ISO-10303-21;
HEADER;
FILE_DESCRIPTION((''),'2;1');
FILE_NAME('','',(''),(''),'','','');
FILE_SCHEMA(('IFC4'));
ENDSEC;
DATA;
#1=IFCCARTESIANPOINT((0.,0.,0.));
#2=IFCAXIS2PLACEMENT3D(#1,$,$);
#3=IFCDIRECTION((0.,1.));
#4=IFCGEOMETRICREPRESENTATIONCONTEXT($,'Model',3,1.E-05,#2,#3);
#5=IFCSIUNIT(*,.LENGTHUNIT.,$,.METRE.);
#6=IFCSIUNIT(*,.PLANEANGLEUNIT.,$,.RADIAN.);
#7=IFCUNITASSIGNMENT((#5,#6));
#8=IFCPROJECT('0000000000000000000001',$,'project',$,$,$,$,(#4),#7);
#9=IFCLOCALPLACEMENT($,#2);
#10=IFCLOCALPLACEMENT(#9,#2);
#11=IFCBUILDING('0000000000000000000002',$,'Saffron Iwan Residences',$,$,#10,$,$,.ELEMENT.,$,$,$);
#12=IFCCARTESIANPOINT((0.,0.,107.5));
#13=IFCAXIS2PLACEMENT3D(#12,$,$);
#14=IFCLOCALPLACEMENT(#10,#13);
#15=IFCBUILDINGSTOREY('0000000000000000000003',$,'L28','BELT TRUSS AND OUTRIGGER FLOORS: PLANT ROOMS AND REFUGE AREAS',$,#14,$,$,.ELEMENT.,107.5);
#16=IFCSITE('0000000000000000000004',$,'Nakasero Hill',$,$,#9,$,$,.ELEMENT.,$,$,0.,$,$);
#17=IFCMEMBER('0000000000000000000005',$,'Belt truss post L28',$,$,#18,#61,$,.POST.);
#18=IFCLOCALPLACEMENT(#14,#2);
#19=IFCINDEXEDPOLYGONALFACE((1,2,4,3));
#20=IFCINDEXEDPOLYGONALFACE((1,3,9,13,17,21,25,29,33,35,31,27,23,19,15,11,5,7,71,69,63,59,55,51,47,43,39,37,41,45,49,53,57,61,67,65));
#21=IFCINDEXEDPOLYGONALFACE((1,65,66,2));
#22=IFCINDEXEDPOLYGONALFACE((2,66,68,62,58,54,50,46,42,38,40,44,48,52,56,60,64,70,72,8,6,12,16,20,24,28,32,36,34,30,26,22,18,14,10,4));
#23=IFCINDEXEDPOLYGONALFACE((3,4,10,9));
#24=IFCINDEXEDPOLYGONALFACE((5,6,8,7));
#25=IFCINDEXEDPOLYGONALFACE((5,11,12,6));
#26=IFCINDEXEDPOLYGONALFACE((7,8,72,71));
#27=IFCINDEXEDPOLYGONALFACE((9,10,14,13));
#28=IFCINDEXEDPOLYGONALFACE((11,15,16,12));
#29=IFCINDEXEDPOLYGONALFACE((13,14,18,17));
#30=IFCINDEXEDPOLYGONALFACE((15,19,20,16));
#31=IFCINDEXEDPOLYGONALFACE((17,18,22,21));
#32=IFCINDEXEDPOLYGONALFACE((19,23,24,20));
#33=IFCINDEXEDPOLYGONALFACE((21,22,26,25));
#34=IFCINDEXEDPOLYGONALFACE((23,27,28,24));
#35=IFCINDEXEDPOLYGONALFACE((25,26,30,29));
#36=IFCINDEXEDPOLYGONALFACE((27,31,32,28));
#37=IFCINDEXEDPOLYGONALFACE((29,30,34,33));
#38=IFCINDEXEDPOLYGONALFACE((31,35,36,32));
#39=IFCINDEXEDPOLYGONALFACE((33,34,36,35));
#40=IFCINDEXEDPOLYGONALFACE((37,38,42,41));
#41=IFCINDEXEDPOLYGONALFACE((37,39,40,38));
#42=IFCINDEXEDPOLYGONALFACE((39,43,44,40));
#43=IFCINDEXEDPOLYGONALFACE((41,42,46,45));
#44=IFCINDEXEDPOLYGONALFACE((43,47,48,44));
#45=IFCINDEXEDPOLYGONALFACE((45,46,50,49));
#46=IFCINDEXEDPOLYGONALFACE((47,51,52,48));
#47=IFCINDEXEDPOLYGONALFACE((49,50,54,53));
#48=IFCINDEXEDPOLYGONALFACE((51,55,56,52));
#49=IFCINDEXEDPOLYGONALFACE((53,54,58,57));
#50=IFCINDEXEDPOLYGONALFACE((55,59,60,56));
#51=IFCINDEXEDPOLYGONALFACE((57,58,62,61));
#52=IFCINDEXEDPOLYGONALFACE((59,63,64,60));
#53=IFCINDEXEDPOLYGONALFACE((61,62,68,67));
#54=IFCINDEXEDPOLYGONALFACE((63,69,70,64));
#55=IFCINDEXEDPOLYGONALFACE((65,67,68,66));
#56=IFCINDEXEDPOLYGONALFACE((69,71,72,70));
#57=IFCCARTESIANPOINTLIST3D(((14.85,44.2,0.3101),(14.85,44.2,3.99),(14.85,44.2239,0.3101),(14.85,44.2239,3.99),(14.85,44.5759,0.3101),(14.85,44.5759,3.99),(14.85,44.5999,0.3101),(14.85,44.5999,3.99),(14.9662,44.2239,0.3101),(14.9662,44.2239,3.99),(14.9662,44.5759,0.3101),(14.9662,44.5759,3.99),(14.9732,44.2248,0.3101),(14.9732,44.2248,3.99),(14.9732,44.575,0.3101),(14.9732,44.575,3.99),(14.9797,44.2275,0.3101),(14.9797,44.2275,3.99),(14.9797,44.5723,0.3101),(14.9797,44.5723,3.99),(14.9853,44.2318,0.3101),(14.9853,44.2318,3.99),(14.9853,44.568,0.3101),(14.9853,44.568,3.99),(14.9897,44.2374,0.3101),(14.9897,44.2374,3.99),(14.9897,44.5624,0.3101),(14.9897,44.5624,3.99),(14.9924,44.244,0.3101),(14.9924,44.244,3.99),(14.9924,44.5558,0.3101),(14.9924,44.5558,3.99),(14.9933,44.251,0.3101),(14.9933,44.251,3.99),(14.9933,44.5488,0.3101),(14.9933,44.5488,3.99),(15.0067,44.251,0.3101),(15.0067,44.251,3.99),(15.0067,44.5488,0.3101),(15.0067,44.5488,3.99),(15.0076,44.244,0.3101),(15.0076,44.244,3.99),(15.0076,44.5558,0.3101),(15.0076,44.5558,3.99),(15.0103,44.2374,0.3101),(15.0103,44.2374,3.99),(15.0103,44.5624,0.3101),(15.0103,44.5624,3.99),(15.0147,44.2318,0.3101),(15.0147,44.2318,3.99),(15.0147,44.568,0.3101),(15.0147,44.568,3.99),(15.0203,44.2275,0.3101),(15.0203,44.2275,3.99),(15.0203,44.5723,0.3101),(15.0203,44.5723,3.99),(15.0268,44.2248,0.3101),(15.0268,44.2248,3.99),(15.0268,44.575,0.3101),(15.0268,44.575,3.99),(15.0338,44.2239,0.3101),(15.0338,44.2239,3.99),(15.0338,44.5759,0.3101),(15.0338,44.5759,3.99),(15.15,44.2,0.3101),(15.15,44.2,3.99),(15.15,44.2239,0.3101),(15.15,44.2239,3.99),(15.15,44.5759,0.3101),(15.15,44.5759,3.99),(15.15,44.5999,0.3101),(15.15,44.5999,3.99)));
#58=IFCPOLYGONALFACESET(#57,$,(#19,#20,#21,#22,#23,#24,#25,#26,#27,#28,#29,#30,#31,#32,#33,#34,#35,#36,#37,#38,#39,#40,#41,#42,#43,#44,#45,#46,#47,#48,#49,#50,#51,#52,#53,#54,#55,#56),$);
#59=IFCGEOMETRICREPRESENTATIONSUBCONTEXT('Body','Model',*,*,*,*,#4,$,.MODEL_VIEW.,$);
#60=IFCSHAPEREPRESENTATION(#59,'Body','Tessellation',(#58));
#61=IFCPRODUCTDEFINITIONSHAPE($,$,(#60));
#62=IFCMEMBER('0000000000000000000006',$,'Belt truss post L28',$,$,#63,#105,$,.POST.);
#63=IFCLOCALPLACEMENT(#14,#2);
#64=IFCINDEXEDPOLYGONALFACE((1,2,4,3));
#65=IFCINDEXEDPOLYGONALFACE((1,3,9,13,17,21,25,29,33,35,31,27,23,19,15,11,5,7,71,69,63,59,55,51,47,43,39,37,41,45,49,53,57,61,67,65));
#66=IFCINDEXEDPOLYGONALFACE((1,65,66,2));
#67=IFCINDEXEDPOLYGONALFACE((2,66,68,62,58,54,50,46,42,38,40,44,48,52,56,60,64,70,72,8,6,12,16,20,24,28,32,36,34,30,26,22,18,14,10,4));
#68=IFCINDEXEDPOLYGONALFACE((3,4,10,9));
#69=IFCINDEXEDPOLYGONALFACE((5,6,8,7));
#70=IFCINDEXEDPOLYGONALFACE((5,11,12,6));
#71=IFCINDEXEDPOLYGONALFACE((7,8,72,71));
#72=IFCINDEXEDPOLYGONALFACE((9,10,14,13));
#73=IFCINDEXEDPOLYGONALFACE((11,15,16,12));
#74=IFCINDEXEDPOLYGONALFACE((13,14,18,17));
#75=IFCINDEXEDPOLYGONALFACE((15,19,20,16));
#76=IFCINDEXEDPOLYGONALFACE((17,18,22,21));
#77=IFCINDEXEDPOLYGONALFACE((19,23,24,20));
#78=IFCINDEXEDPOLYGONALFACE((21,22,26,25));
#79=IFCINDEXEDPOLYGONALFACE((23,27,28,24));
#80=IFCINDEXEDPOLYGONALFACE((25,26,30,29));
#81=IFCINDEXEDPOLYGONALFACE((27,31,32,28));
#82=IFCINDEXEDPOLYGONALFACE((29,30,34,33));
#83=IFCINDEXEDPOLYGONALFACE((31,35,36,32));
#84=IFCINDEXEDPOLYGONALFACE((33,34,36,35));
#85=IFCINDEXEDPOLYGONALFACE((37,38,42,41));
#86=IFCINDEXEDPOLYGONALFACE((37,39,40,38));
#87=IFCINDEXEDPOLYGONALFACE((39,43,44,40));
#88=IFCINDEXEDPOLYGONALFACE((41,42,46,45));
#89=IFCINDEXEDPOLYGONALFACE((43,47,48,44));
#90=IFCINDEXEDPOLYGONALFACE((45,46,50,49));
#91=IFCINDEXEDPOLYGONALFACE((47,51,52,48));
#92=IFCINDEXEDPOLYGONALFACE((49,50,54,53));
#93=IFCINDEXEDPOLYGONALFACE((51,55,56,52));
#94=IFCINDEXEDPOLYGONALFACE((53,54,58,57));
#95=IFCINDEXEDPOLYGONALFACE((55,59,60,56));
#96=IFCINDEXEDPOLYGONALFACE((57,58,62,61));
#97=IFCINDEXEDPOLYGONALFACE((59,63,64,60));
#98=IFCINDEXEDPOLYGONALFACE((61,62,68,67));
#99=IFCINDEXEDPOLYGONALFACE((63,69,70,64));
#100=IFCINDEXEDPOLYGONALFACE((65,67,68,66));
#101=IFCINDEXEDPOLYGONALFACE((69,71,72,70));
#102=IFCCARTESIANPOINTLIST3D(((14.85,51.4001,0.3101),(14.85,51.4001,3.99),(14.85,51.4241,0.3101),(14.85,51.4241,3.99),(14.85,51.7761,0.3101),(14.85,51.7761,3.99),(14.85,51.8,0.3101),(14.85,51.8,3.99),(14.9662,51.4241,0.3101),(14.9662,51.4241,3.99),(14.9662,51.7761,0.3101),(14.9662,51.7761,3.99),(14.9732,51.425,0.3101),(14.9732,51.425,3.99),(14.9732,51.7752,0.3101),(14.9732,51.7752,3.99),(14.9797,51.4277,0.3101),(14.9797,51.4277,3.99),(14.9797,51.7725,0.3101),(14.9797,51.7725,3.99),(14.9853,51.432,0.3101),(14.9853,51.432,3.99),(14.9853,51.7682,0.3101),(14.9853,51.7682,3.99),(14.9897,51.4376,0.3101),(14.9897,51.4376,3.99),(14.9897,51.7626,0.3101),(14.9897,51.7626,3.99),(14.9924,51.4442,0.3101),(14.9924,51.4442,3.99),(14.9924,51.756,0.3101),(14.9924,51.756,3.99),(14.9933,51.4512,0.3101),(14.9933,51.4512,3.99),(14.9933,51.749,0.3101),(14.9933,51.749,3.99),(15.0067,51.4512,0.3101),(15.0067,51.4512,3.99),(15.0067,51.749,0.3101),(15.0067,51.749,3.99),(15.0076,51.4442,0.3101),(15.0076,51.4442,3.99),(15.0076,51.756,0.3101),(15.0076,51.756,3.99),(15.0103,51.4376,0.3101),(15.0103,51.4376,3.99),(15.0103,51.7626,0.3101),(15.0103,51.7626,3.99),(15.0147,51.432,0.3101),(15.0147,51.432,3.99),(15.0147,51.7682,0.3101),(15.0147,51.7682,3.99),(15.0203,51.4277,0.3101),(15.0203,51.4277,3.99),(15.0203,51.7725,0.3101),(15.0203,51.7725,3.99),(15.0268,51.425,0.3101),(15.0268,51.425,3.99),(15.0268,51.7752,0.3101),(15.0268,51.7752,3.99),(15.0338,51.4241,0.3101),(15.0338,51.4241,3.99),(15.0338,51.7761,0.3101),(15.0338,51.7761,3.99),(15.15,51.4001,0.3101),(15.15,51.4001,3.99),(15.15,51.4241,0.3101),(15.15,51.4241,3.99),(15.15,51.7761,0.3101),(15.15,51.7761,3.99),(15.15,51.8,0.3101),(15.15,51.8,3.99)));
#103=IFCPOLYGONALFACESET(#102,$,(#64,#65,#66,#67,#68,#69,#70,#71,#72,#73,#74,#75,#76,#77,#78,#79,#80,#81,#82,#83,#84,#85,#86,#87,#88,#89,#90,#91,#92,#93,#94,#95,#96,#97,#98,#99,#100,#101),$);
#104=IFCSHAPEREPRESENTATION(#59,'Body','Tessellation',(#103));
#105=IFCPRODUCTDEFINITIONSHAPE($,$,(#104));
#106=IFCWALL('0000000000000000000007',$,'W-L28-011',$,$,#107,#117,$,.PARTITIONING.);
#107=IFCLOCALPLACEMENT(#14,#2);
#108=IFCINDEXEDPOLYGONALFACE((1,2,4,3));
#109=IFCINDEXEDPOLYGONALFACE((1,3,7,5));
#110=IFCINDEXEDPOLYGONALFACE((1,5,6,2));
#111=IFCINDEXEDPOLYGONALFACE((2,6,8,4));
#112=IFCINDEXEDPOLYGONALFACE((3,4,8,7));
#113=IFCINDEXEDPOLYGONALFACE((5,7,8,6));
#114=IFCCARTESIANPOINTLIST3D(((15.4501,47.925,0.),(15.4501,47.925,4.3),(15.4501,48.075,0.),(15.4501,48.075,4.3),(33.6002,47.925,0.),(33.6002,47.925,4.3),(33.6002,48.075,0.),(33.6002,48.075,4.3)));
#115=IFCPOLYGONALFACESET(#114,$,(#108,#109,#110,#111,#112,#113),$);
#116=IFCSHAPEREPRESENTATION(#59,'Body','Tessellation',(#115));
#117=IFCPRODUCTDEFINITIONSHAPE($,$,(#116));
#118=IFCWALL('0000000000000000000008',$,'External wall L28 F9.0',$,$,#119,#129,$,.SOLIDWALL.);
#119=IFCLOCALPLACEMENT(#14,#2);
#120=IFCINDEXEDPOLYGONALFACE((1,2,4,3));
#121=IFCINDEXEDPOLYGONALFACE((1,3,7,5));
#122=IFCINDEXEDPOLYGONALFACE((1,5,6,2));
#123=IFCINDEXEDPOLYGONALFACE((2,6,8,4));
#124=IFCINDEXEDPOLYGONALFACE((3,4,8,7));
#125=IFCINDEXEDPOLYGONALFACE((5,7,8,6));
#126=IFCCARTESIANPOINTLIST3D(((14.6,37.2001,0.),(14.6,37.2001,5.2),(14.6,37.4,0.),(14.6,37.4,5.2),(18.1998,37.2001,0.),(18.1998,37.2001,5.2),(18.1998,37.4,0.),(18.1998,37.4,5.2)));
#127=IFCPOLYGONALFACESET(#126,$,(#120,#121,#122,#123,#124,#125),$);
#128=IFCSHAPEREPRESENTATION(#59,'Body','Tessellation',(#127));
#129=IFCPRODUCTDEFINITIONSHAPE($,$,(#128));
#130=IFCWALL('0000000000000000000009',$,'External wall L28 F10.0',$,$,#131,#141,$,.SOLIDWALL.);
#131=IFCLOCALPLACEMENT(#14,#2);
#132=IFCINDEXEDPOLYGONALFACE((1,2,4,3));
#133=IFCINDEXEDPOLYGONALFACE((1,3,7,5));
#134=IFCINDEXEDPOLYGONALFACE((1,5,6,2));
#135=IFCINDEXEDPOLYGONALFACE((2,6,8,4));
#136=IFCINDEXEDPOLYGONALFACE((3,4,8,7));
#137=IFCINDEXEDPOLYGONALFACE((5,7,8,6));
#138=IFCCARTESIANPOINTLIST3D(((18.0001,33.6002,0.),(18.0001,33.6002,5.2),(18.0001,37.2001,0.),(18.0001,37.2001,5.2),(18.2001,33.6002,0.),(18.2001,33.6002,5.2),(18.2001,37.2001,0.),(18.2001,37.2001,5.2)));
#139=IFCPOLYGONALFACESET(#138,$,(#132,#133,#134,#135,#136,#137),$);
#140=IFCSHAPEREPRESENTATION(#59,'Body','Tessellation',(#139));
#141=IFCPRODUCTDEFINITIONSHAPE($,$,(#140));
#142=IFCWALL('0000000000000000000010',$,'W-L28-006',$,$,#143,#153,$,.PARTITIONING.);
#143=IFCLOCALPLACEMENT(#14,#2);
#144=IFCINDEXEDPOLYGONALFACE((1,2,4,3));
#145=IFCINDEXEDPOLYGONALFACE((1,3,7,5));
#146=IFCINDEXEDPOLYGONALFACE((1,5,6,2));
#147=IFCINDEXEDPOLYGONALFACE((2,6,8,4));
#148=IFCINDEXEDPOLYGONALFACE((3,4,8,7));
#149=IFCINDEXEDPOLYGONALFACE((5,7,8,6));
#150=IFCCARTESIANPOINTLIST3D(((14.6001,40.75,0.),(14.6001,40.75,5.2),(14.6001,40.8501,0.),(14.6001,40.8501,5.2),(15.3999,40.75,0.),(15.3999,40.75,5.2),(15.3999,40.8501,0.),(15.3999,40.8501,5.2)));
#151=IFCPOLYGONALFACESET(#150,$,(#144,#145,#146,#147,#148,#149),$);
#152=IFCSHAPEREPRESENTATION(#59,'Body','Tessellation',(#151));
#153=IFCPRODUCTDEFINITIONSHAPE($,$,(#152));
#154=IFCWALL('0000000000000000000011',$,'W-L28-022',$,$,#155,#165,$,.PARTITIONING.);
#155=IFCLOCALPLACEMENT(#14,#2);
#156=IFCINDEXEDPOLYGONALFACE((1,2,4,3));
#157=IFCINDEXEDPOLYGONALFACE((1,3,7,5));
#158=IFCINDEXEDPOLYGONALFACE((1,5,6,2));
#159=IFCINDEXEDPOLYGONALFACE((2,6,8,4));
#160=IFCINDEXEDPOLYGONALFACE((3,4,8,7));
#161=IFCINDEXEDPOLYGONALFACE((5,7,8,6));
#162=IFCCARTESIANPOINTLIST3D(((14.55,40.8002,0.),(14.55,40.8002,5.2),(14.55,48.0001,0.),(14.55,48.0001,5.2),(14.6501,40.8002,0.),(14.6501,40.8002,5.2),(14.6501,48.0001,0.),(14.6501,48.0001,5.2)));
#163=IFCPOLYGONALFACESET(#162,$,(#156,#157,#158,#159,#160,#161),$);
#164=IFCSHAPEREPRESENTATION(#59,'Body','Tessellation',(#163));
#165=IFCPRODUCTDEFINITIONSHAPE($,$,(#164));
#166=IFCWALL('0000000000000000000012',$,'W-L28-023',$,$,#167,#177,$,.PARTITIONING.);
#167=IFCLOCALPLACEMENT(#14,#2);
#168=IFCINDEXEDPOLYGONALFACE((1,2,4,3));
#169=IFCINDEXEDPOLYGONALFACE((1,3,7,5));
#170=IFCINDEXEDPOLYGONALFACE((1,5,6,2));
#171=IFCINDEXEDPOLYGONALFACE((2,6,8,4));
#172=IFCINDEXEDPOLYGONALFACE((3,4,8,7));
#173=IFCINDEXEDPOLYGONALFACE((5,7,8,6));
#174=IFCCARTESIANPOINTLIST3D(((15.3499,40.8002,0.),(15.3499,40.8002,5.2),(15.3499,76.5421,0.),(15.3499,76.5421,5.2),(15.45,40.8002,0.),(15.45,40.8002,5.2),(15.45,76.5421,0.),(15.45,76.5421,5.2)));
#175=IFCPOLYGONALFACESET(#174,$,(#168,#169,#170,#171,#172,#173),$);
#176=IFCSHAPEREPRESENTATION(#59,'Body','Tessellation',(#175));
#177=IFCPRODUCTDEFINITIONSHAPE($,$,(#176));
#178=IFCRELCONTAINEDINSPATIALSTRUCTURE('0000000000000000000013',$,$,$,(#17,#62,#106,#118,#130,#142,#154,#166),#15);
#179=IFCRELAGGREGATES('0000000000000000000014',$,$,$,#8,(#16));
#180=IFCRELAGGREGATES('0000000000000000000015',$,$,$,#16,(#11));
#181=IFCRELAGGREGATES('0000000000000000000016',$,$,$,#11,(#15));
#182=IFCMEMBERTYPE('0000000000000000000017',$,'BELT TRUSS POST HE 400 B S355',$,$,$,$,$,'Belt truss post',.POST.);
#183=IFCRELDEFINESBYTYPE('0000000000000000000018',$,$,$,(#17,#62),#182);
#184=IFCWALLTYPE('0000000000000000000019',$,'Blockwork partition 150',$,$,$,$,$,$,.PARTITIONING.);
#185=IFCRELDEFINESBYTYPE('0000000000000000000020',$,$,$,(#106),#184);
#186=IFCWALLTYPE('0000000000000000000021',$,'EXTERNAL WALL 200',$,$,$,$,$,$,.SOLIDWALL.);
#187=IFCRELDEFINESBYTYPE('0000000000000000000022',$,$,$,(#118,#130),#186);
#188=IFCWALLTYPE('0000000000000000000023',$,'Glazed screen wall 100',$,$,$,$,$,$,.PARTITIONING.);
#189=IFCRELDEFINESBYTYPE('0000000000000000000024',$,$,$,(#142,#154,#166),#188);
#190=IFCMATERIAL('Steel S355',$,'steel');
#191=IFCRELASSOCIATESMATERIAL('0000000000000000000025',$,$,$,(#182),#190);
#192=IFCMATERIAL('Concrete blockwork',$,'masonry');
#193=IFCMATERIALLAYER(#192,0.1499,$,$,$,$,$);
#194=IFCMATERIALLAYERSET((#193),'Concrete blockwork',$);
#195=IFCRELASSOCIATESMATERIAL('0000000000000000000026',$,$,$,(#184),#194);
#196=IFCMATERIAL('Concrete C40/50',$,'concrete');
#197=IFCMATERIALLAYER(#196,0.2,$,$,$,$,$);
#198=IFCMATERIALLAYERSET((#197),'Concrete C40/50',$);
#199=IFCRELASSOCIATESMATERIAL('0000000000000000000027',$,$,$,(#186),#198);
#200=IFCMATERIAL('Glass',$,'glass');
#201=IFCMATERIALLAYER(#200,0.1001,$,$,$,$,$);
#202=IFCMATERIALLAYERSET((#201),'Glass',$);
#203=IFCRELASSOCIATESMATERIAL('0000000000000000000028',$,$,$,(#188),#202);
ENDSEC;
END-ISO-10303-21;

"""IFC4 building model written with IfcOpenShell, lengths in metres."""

from ifc_helpers import new_model, si_unit, direction, frame, frame_2d, origin, origin_2d, place, context, subcontext, project, spatial, rectangle, i_section, extrude, source, transform, mapped, material, layer, layer_set, material_profile, profile_set, type_object, element, save


model = new_model("IFC4")

# Units and contexts
model_context = context("Model", 3, precision=1e-05, world=origin(), true_north=direction((0.0, 1.0)))
body_context = subcontext(model_context, "Body", "Model", "MODEL_VIEW")
ifc_project = project(units=[si_unit("LENGTHUNIT", "METRE"), si_unit("PLANEANGLEUNIT", "RADIAN")], contexts=[model_context])

# Site, building, storey
site_placement = place(None, origin())
site = spatial("IfcSite", under=ifc_project, at=site_placement, Name="Nakasero Hill", CompositionType="ELEMENT", RefElevation=0.0)
building_placement = place(site_placement, origin())
building = spatial("IfcBuilding", under=site, at=building_placement, Name="Saffron Iwan Residences", CompositionType="ELEMENT")
storey_placement = place(building_placement, frame((0.0, 0.0, 107.5)))
storey = spatial("IfcBuildingStorey", under=building, at=storey_placement, Name="L28", Description="BELT TRUSS AND OUTRIGGER FLOORS: PLANT ROOMS AND REFUGE AREAS", CompositionType="ELEMENT", Elevation=107.5)

# Members
ifc_material_1 = material(Name="Steel S355", Category="steel")
ifc_material_profile_1 = material_profile(ifc_material_1, i_section(OverallWidth=0.3, OverallDepth=0.3999, WebThickness=0.0134, FlangeThickness=0.0239, FilletRadius=0.0271, at=origin_2d()), Name="HE 400 B")
ifc_profile_set_1 = profile_set([ifc_material_profile_1], Name="Steel S355")
member_type_1 = type_object("IfcMemberType", Name="BELT TRUSS POST HE 400 B S355", ElementType="Belt truss post", PredefinedType="POST", material=ifc_profile_set_1)
shared_shape_1 = source(origin(), body_context, "Body", "SweptSolid", [
    extrude(i_section(OverallWidth=0.3, OverallDepth=0.3999, WebThickness=0.0134, FlangeThickness=0.0239, FilletRadius=0.0271, at=origin_2d()), origin(), (0.0, 0.0, 1.0), 3.6799),
])
for number, where, z_axis, x_axis, name in (
    (1, (15.0, 44.3999, 0.3101), (0.0, 0.0, 1.0), (1.0, 0.0, 0.0), "Belt truss post L28"),
    (2, (15.0, 51.6001, 0.3101), (0.0, 0.0, 1.0), (1.0, 0.0, 0.0), "Belt truss post L28"),
):
    element("IfcMember", number, at=place(storey_placement, frame(where, z_axis=z_axis, x_axis=x_axis)), inside=storey, type_object=member_type_1, Name=name, PredefinedType="POST", context=body_context, shape_type="MappedRepresentation", body=[
        mapped(shared_shape_1, transform((0.0, 0.0, 0.0))),
    ])

# Walls
ifc_material_2 = material(Name="Concrete blockwork", Category="masonry")
ifc_layer_1 = layer(ifc_material_2, 0.1499)
ifc_layer_set_1 = layer_set([ifc_layer_1], Name="Concrete blockwork")
wall_type_1 = type_object("IfcWallType", Name="Blockwork partition 150", PredefinedType="PARTITIONING", material=ifc_layer_set_1)
wall_1_placement = place(storey_placement, frame((15.45, 48.0, 0.0), z_axis=(0.0, 0.0, 1.0), x_axis=(1.0, 0.0, 0.0)))
element("IfcWall", 3, at=wall_1_placement, inside=storey, type_object=wall_type_1, Name="W-L28-011", PredefinedType="PARTITIONING", context=body_context, shape_type="SweptSolid", body=[
    extrude(rectangle(XDim=18.1501, YDim=0.1499, at=frame_2d((9.0752, 0.0))), origin(), (0.0, 0.0, 1.0), 4.3),
])
ifc_material_3 = material(Name="Concrete C40/50", Category="concrete")
ifc_layer_2 = layer(ifc_material_3, 0.2)
ifc_layer_set_2 = layer_set([ifc_layer_2], Name="Concrete C40/50")
wall_type_2 = type_object("IfcWallType", Name="EXTERNAL WALL 200", PredefinedType="SOLIDWALL", material=ifc_layer_set_2)
for number, where, z_axis, x_axis, name in (
    (4, (14.6001, 37.3, 0.0), (0.0, 0.0, 1.0), (1.0, 0.0, 0.0), "External wall L28 F9.0"),
    (5, (18.1001, 37.2, 0.0), (0.0, 0.0, 1.0), (0.0, -1.0, 0.0), "External wall L28 F10.0"),
):
    element("IfcWall", number, at=place(storey_placement, frame(where, z_axis=z_axis, x_axis=x_axis)), inside=storey, type_object=wall_type_2, Name=name, PredefinedType="SOLIDWALL", context=body_context, shape_type="SweptSolid", body=[
        extrude(rectangle(XDim=3.5999, YDim=0.2, at=frame_2d((1.7998, 0.0))), origin(), (0.0, 0.0, 1.0), 5.2),
    ])
ifc_material_4 = material(Name="Glass", Category="glass")
ifc_layer_3 = layer(ifc_material_4, 0.1001)
ifc_layer_set_3 = layer_set([ifc_layer_3], Name="Glass")
wall_type_3 = type_object("IfcWallType", Name="Glazed screen wall 100", PredefinedType="PARTITIONING", material=ifc_layer_set_3)
wall_2_placement = place(storey_placement, frame((14.6001, 40.8, 0.0), z_axis=(0.0, 0.0, 1.0), x_axis=(1.0, 0.0, 0.0)))
element("IfcWall", 6, at=wall_2_placement, inside=storey, type_object=wall_type_3, Name="W-L28-006", PredefinedType="PARTITIONING", context=body_context, shape_type="SweptSolid", body=[
    extrude(rectangle(XDim=0.7998, YDim=0.1001, at=frame_2d((0.3999, 0.0))), origin(), (0.0, 0.0, 1.0), 5.2),
])
wall_3_placement = place(storey_placement, frame((14.6001, 40.8, 0.0), z_axis=(0.0, 0.0, 1.0), x_axis=(0.0, 1.0, 0.0)))
element("IfcWall", 7, at=wall_3_placement, inside=storey, type_object=wall_type_3, Name="W-L28-022", PredefinedType="PARTITIONING", context=body_context, shape_type="SweptSolid", body=[
    extrude(rectangle(XDim=7.2, YDim=0.1001, at=frame_2d((3.6001, 0.0))), origin(), (0.0, 0.0, 1.0), 5.2),
])
wall_4_placement = place(storey_placement, frame((15.3999, 40.8, 0.0), z_axis=(0.0, 0.0, 1.0), x_axis=(0.0, 1.0, 0.0)))
element("IfcWall", 8, at=wall_4_placement, inside=storey, type_object=wall_type_3, Name="W-L28-023", PredefinedType="PARTITIONING", context=body_context, shape_type="SweptSolid", body=[
    extrude(rectangle(XDim=35.7419, YDim=0.1001, at=frame_2d((17.8711, 0.0))), origin(), (0.0, 0.0, 1.0), 5.2),
])

save(model, "model.ifc")
